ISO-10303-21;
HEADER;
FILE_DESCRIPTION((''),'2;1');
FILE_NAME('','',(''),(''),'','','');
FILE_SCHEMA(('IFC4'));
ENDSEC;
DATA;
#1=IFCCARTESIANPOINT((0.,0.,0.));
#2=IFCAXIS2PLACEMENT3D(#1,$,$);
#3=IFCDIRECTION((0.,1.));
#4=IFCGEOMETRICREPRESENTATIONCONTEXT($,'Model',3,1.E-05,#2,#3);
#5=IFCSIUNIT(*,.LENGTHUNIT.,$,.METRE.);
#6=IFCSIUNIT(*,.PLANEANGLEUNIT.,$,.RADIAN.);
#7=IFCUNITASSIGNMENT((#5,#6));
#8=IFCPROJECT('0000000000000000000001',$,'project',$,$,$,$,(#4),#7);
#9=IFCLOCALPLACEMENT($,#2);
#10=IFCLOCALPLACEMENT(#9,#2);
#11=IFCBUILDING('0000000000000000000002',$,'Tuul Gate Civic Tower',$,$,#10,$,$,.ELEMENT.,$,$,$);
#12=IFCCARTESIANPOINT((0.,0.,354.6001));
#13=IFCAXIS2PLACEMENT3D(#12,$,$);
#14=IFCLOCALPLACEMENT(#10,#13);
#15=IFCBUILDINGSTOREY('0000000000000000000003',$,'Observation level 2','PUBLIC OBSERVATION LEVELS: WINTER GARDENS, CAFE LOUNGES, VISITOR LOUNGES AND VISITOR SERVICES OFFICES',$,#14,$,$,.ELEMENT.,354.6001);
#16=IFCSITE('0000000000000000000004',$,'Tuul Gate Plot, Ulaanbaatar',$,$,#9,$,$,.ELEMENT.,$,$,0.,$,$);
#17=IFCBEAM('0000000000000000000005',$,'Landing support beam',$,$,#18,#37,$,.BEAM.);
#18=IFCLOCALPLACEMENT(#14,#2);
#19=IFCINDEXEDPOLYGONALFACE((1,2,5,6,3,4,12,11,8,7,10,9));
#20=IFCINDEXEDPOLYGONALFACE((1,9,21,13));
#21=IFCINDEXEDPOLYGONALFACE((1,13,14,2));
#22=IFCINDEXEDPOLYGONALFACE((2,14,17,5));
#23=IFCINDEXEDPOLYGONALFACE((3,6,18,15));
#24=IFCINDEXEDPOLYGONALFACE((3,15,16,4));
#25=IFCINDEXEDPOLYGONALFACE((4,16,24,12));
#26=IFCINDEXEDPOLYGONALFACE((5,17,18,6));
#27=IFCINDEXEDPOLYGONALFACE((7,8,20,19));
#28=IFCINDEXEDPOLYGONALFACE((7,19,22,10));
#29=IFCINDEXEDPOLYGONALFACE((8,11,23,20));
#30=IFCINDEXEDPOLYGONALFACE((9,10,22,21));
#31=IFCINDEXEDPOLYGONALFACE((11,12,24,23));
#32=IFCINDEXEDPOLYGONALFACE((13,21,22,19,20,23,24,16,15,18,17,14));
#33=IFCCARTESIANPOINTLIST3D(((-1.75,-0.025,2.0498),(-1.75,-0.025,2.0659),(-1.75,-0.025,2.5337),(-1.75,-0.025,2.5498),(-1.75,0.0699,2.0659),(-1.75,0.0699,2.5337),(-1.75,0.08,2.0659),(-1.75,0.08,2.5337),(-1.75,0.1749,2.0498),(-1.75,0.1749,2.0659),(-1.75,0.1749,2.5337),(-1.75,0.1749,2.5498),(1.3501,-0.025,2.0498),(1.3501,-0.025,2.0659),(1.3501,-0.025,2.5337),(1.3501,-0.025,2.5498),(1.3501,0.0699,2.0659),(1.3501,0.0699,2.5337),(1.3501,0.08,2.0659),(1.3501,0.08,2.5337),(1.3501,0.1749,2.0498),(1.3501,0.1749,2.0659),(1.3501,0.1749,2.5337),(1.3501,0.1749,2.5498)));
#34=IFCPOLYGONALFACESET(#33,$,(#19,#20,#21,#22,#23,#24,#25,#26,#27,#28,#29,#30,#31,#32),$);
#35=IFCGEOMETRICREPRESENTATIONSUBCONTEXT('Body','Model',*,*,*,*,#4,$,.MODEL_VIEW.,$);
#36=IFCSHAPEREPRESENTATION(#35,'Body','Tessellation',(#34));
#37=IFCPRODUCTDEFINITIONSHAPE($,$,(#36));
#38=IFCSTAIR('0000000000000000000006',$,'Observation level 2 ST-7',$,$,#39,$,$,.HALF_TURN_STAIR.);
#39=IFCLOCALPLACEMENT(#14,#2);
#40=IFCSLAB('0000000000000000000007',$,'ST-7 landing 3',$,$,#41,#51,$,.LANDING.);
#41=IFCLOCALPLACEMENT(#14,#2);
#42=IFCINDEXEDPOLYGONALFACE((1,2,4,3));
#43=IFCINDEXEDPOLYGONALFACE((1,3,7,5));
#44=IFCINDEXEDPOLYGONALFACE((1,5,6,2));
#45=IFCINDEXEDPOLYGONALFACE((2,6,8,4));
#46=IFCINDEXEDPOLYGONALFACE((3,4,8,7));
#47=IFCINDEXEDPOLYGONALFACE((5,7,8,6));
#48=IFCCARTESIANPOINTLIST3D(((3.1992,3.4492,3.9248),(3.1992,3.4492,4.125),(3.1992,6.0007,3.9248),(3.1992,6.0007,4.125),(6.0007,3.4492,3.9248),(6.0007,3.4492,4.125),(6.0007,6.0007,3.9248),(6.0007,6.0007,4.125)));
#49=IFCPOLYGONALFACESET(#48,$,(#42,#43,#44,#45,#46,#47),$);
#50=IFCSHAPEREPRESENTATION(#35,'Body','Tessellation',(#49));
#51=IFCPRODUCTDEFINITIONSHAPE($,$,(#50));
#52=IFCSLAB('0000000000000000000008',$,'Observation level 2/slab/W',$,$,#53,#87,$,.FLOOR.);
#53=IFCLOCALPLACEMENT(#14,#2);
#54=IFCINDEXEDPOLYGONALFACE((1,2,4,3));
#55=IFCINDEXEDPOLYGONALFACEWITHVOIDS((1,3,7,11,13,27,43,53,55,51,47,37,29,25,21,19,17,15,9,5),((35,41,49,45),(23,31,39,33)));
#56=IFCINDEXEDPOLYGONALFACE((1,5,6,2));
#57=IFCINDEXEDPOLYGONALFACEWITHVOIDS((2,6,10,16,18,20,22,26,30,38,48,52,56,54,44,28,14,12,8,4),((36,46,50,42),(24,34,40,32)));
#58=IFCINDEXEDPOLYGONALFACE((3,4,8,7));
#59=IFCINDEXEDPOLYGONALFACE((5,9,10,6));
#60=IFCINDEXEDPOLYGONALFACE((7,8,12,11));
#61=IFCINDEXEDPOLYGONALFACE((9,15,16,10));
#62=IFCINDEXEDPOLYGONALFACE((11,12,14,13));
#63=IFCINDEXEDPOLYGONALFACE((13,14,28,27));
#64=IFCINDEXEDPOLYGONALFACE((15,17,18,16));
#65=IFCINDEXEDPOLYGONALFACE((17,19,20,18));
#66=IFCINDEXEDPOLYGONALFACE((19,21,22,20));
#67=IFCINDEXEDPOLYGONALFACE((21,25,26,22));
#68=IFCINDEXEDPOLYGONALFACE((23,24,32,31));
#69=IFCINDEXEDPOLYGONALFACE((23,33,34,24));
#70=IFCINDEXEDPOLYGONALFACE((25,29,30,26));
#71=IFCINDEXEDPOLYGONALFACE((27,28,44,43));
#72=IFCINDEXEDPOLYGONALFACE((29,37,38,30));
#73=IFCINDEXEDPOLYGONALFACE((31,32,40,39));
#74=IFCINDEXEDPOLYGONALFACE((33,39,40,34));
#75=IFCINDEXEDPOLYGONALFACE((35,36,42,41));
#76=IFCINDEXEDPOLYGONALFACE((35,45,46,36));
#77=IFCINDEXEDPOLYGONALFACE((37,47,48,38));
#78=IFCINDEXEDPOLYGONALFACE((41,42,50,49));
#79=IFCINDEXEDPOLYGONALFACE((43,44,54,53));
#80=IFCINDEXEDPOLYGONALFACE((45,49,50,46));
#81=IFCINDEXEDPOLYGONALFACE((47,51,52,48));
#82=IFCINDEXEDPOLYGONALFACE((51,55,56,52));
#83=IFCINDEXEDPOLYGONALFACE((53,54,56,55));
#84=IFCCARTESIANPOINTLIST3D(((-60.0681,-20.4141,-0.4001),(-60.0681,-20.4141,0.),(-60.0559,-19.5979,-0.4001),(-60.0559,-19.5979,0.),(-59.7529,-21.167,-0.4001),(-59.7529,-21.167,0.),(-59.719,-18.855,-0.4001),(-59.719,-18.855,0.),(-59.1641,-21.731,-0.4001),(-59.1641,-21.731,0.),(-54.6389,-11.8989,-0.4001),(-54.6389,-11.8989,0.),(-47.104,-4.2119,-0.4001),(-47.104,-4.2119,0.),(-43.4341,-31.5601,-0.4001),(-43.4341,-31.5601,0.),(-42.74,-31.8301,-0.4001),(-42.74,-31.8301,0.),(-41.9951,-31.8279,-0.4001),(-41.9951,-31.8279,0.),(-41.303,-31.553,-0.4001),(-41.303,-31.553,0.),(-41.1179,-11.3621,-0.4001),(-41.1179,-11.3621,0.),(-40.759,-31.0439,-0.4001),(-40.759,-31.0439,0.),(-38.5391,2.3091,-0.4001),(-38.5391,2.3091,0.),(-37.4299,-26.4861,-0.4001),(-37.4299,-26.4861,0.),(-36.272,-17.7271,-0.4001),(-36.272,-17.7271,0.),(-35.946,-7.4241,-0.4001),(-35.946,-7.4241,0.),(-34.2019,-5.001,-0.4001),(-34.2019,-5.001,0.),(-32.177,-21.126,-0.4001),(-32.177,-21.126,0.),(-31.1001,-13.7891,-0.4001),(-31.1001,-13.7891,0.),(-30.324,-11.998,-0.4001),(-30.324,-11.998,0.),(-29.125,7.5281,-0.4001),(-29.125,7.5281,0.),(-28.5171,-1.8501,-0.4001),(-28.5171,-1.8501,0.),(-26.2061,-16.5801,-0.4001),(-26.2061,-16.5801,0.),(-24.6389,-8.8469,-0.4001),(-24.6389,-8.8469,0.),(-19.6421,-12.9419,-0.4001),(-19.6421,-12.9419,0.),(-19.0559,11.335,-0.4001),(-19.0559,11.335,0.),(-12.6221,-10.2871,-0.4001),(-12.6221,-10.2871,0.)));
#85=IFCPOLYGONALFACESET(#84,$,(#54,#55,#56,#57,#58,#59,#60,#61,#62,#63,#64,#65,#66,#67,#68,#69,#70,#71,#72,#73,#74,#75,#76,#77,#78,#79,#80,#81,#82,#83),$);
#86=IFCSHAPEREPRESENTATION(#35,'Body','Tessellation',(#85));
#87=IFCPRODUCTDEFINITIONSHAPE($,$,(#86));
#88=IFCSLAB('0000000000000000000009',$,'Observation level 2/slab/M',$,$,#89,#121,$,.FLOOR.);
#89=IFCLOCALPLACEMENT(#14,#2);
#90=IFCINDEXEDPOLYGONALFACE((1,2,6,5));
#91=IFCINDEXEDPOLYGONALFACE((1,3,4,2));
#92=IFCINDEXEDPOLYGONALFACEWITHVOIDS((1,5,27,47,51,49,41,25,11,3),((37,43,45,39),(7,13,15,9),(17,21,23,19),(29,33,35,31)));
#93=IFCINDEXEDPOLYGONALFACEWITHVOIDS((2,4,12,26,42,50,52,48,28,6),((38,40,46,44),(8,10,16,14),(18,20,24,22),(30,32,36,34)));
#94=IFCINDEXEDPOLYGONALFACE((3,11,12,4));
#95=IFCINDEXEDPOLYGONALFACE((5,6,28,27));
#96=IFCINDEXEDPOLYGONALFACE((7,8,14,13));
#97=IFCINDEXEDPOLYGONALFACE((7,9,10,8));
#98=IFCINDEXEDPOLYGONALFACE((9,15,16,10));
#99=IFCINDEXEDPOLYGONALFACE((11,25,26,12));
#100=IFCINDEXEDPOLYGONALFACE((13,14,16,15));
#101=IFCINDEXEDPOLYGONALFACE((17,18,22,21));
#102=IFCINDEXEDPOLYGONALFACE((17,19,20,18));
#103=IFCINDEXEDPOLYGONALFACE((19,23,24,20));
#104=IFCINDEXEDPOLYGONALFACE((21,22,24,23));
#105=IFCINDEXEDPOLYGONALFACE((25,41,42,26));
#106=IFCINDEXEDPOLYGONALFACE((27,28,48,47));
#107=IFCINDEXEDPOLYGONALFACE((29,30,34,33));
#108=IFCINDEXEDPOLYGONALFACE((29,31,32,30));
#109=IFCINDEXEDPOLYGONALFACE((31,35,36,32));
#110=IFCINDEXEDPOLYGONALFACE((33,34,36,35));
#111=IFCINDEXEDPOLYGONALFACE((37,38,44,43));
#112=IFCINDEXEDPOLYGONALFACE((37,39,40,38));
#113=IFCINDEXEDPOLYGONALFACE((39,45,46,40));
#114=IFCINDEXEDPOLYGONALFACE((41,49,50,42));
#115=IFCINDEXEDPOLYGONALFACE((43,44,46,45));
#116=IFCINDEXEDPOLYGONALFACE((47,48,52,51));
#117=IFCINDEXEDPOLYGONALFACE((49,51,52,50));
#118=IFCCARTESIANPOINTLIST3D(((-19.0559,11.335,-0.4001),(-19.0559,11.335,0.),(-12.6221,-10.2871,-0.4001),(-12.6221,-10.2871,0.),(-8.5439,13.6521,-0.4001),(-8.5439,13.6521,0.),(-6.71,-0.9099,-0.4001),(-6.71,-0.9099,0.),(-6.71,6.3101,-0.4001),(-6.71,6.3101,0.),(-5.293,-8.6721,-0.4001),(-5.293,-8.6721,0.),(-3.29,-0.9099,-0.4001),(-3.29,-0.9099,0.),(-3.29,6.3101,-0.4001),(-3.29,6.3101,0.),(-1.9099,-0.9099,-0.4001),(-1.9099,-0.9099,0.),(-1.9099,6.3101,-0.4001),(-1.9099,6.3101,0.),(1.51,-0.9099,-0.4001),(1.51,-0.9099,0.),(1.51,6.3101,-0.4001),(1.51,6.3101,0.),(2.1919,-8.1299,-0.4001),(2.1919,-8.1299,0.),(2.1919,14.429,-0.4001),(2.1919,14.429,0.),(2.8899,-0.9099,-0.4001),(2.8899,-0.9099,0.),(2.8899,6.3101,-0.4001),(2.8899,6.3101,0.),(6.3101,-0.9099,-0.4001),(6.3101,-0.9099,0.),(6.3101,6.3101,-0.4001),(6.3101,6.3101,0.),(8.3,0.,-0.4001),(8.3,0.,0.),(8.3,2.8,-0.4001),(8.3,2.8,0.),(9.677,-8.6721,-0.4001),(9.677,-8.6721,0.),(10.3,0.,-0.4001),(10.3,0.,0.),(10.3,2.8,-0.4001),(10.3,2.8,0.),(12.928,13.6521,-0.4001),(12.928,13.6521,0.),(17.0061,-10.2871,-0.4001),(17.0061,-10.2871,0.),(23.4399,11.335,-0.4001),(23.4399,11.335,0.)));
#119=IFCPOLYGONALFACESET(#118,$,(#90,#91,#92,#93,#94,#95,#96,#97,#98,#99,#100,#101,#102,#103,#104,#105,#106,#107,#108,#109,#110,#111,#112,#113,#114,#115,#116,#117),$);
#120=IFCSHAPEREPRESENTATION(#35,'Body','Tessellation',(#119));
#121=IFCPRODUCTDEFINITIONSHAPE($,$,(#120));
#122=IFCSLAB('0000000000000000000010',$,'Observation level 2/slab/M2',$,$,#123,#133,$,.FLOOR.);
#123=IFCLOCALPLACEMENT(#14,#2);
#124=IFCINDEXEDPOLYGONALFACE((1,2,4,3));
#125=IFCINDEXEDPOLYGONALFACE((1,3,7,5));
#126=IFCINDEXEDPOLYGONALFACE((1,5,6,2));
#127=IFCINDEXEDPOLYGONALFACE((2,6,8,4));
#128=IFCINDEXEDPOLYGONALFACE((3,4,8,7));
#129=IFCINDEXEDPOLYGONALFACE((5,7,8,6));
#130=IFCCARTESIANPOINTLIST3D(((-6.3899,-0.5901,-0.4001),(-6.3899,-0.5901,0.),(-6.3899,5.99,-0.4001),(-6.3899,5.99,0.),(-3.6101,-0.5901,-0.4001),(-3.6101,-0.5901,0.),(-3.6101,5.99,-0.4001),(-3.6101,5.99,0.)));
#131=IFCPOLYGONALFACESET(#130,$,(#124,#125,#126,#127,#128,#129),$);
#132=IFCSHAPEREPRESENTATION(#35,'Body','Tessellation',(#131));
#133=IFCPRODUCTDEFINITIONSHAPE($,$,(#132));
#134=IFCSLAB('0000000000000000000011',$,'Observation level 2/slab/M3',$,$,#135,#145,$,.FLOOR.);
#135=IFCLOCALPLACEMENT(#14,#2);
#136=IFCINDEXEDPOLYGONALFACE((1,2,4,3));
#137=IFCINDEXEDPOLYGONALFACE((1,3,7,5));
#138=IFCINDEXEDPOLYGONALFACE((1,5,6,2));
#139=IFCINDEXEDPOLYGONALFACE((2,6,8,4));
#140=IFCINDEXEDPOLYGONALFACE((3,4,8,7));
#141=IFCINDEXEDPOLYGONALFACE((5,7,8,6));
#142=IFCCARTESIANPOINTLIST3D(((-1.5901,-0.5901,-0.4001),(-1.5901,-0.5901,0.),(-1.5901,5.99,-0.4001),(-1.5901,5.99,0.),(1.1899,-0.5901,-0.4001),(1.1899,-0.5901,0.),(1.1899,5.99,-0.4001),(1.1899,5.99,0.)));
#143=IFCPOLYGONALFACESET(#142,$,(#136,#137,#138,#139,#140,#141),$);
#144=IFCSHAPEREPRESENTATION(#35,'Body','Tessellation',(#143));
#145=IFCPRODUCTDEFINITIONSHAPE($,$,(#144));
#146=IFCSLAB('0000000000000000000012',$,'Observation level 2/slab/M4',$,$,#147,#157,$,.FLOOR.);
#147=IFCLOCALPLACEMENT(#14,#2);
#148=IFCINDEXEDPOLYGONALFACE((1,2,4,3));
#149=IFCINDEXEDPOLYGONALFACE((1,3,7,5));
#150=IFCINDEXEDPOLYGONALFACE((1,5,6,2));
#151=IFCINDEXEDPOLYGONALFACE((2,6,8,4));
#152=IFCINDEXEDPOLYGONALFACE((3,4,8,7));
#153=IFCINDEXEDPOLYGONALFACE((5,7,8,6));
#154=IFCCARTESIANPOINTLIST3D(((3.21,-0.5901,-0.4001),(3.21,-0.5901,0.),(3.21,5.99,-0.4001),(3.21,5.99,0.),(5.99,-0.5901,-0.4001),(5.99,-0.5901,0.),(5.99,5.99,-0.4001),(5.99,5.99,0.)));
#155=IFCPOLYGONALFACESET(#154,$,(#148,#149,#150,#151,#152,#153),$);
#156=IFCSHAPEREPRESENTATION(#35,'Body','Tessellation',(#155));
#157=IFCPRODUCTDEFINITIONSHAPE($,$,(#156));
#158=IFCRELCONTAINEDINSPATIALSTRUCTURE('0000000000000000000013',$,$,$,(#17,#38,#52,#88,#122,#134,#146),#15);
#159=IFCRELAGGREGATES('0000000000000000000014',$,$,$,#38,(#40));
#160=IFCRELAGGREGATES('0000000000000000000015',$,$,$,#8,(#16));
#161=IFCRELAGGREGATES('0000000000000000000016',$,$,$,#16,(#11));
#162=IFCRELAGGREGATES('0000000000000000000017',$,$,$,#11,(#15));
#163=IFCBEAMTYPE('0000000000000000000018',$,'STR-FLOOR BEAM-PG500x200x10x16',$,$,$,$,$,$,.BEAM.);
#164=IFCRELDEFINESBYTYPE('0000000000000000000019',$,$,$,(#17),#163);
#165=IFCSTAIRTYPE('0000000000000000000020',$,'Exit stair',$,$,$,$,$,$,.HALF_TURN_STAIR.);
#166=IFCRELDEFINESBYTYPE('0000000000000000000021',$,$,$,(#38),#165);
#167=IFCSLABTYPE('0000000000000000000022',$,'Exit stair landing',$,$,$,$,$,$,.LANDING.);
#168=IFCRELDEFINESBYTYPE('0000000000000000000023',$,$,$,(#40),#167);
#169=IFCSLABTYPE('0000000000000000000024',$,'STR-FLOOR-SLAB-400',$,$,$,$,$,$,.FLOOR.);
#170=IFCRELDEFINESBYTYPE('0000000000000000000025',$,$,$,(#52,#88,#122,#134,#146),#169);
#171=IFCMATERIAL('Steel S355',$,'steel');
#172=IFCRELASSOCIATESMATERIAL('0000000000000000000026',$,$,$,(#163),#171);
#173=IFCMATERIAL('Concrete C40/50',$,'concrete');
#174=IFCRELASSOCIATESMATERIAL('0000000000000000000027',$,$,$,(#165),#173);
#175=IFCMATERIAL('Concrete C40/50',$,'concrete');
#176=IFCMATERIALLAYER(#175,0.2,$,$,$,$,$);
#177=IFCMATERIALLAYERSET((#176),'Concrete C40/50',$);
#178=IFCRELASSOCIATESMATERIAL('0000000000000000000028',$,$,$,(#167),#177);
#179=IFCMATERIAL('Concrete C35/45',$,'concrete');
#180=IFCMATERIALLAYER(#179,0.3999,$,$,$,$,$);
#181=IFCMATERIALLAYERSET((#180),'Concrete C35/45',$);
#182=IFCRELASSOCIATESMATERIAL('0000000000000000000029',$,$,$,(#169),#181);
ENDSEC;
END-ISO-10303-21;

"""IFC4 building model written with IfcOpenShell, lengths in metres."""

from ifc_helpers import new_model, si_unit, direction, frame, origin, origin_2d, place, context, subcontext, project, spatial, polyline, i_section, outline, extrude, material, layer, layer_set, material_profile, profile_set, type_object, element, aggregate, save


model = new_model("IFC4")

# Units and contexts
model_context = context("Model", 3, precision=1e-05, world=origin(), true_north=direction((0.0, 1.0)))
body_context = subcontext(model_context, "Body", "Model", "MODEL_VIEW")
ifc_project = project(units=[si_unit("LENGTHUNIT", "METRE"), si_unit("PLANEANGLEUNIT", "RADIAN")], contexts=[model_context])

# Site, building, storey
site_placement = place(None, origin())
site = spatial("IfcSite", under=ifc_project, at=site_placement, Name="Tuul Gate Plot, Ulaanbaatar", CompositionType="ELEMENT", RefElevation=0.0)
building_placement = place(site_placement, origin())
building = spatial("IfcBuilding", under=site, at=building_placement, Name="Tuul Gate Civic Tower", CompositionType="ELEMENT")
storey_placement = place(building_placement, frame((0.0, 0.0, 354.6001)))
storey = spatial("IfcBuildingStorey", under=building, at=storey_placement, Name="Observation level 2", Description="PUBLIC OBSERVATION LEVELS: WINTER GARDENS, CAFE LOUNGES, VISITOR LOUNGES AND VISITOR SERVICES OFFICES", CompositionType="ELEMENT", Elevation=354.6001)

# Beam
ifc_material_1 = material(Name="Steel S355", Category="steel")
ifc_material_profile = material_profile(ifc_material_1, i_section(OverallWidth=0.2, OverallDepth=0.5, WebThickness=0.01, FlangeThickness=0.0161, at=origin_2d()), Name="PG500x200x10x16")
ifc_profile_set = profile_set([ifc_material_profile], Name="Steel S355")
beam_type = type_object("IfcBeamType", Name="STR-FLOOR BEAM-PG500x200x10x16", PredefinedType="BEAM", material=ifc_profile_set)
beam_placement = place(storey_placement, frame((-1.75, 0.075, 2.2998), z_axis=(1.0, 0.0, 0.0), x_axis=(0.0, 1.0, 0.0)))
element("IfcBeam", 1, at=beam_placement, inside=storey, type_object=beam_type, Name="Landing support beam", PredefinedType="BEAM", context=body_context, shape_type="SweptSolid", body=[
    extrude(i_section(OverallWidth=0.2, OverallDepth=0.5, WebThickness=0.01, FlangeThickness=0.0161, at=origin_2d()), origin(), (0.0, 0.0, 1.0), 3.1001),
])

# Stair, slab
ifc_material_2 = material(Name="Concrete C40/50", Category="concrete")
stair_type = type_object("IfcStairType", Name="Exit stair", PredefinedType="HALF_TURN_STAIR", material=ifc_material_2)
stair_1_placement = place(storey_placement, origin())
stair_1 = element("IfcStair", 2, at=stair_1_placement, inside=storey, type_object=stair_type, Name="Observation level 2 ST-7", PredefinedType="HALF_TURN_STAIR")
ifc_material_3 = material(Name="Concrete C40/50", Category="concrete")
ifc_layer_1 = layer(ifc_material_3, 0.2)
ifc_layer_set_1 = layer_set([ifc_layer_1], Name="Concrete C40/50")
slab_type_1 = type_object("IfcSlabType", Name="Exit stair landing", PredefinedType="LANDING", material=ifc_layer_set_1)
slab_1_placement = place(storey_placement, frame((0.0, 0.0, 3.9248)))
slab_1 = element("IfcSlab", 3, at=slab_1_placement, type_object=slab_type_1, Name="ST-7 landing 3", PredefinedType="LANDING", context=body_context, shape_type="SweptSolid", body=[
    extrude(outline(polyline([(6.0007, 3.4492), (3.1992, 3.4492), (3.1992, 6.0007), (6.0007, 6.0007), (6.0007, 3.4492)])), origin(), (0.0, 0.0, 1.0), 0.2002),
])
aggregate(stair_1, [slab_1])

# Slabs
ifc_material_4 = material(Name="Concrete C35/45", Category="concrete")
ifc_layer_2 = layer(ifc_material_4, 0.3999)
ifc_layer_set_2 = layer_set([ifc_layer_2], Name="Concrete C35/45")
slab_type_2 = type_object("IfcSlabType", Name="STR-FLOOR-SLAB-400", PredefinedType="FLOOR", material=ifc_layer_set_2)
slab_2_placement = place(storey_placement, frame((0.0, 0.0, -0.4001)))
element("IfcSlab", 4, at=slab_2_placement, inside=storey, type_object=slab_type_2, Name="Observation level 2/slab/W", PredefinedType="FLOOR", context=body_context, shape_type="SweptSolid", body=[
    extrude(outline(polyline([(-19.6421, -12.9419), (-12.6221, -10.2871), (-19.0559, 11.335), (-29.125, 7.5281), (-38.5391, 2.3091), (-47.104, -4.2119), (-54.6389, -11.8989), (-59.719, -18.855), (-60.0559, -19.5979), (-60.0681, -20.4141), (-59.7529, -21.167), (-59.1641, -21.731), (-43.4341, -31.5601), (-42.74, -31.8301), (-41.9951, -31.8279), (-41.303, -31.553), (-40.759, -31.0439), (-37.4299, -26.4861), (-32.177, -21.126), (-26.2061, -16.5801), (-19.6421, -12.9419)]), holes=[polyline([(-36.272, -17.7271), (-41.1179, -11.3621), (-35.946, -7.4241), (-31.1001, -13.7891), (-36.272, -17.7271)]), polyline([(-30.324, -11.998), (-34.2019, -5.001), (-28.5171, -1.8501), (-24.6389, -8.8469), (-30.324, -11.998)])]), origin(), (0.0, 0.0, 1.0), 0.4001),
])
slab_3_placement = place(storey_placement, frame((0.0, 0.0, -0.4001)))
element("IfcSlab", 5, at=slab_3_placement, inside=storey, type_object=slab_type_2, Name="Observation level 2/slab/M", PredefinedType="FLOOR", context=body_context, shape_type="SweptSolid", body=[
    extrude(outline(polyline([(17.0061, -10.2871), (23.4399, 11.335), (12.928, 13.6521), (2.1919, 14.429), (-8.5439, 13.6521), (-19.0559, 11.335), (-12.6221, -10.2871), (-5.293, -8.6721), (2.1919, -8.1299), (9.677, -8.6721), (17.0061, -10.2871)]), holes=[polyline([(8.3, 0.0), (8.3, 2.8), (10.3, 2.8), (10.3, 0.0), (8.3, 0.0)]), polyline([(-6.71, -0.9099), (-6.71, 6.3101), (-3.29, 6.3101), (-3.29, -0.9099), (-6.71, -0.9099)]), polyline([(-1.9099, 6.3101), (1.51, 6.3101), (1.51, -0.9099), (-1.9099, -0.9099), (-1.9099, 6.3101)]), polyline([(2.8899, 6.3101), (6.3101, 6.3101), (6.3101, -0.9099), (2.8899, -0.9099), (2.8899, 6.3101)])]), origin(), (0.0, 0.0, 1.0), 0.4001),
])
slab_4_placement = place(storey_placement, frame((0.0, 0.0, -0.4001)))
element("IfcSlab", 6, at=slab_4_placement, inside=storey, type_object=slab_type_2, Name="Observation level 2/slab/M2", PredefinedType="FLOOR", context=body_context, shape_type="SweptSolid", body=[
    extrude(outline(polyline([(-3.6101, 5.99), (-6.3899, 5.99), (-6.3899, -0.5901), (-3.6101, -0.5901), (-3.6101, 5.99)])), origin(), (0.0, 0.0, 1.0), 0.4001),
])
slab_5_placement = place(storey_placement, frame((0.0, 0.0, -0.4001)))
element("IfcSlab", 7, at=slab_5_placement, inside=storey, type_object=slab_type_2, Name="Observation level 2/slab/M3", PredefinedType="FLOOR", context=body_context, shape_type="SweptSolid", body=[
    extrude(outline(polyline([(-1.5901, 5.99), (-1.5901, -0.5901), (1.1899, -0.5901), (1.1899, 5.99), (-1.5901, 5.99)])), origin(), (0.0, 0.0, 1.0), 0.4001),
])
slab_6_placement = place(storey_placement, frame((0.0, 0.0, -0.4001)))
element("IfcSlab", 8, at=slab_6_placement, inside=storey, type_object=slab_type_2, Name="Observation level 2/slab/M4", PredefinedType="FLOOR", context=body_context, shape_type="SweptSolid", body=[
    extrude(outline(polyline([(3.21, 5.99), (3.21, -0.5901), (5.99, -0.5901), (5.99, 5.99), (3.21, 5.99)])), origin(), (0.0, 0.0, 1.0), 0.4001),
])

save(model, "model.ifc")
